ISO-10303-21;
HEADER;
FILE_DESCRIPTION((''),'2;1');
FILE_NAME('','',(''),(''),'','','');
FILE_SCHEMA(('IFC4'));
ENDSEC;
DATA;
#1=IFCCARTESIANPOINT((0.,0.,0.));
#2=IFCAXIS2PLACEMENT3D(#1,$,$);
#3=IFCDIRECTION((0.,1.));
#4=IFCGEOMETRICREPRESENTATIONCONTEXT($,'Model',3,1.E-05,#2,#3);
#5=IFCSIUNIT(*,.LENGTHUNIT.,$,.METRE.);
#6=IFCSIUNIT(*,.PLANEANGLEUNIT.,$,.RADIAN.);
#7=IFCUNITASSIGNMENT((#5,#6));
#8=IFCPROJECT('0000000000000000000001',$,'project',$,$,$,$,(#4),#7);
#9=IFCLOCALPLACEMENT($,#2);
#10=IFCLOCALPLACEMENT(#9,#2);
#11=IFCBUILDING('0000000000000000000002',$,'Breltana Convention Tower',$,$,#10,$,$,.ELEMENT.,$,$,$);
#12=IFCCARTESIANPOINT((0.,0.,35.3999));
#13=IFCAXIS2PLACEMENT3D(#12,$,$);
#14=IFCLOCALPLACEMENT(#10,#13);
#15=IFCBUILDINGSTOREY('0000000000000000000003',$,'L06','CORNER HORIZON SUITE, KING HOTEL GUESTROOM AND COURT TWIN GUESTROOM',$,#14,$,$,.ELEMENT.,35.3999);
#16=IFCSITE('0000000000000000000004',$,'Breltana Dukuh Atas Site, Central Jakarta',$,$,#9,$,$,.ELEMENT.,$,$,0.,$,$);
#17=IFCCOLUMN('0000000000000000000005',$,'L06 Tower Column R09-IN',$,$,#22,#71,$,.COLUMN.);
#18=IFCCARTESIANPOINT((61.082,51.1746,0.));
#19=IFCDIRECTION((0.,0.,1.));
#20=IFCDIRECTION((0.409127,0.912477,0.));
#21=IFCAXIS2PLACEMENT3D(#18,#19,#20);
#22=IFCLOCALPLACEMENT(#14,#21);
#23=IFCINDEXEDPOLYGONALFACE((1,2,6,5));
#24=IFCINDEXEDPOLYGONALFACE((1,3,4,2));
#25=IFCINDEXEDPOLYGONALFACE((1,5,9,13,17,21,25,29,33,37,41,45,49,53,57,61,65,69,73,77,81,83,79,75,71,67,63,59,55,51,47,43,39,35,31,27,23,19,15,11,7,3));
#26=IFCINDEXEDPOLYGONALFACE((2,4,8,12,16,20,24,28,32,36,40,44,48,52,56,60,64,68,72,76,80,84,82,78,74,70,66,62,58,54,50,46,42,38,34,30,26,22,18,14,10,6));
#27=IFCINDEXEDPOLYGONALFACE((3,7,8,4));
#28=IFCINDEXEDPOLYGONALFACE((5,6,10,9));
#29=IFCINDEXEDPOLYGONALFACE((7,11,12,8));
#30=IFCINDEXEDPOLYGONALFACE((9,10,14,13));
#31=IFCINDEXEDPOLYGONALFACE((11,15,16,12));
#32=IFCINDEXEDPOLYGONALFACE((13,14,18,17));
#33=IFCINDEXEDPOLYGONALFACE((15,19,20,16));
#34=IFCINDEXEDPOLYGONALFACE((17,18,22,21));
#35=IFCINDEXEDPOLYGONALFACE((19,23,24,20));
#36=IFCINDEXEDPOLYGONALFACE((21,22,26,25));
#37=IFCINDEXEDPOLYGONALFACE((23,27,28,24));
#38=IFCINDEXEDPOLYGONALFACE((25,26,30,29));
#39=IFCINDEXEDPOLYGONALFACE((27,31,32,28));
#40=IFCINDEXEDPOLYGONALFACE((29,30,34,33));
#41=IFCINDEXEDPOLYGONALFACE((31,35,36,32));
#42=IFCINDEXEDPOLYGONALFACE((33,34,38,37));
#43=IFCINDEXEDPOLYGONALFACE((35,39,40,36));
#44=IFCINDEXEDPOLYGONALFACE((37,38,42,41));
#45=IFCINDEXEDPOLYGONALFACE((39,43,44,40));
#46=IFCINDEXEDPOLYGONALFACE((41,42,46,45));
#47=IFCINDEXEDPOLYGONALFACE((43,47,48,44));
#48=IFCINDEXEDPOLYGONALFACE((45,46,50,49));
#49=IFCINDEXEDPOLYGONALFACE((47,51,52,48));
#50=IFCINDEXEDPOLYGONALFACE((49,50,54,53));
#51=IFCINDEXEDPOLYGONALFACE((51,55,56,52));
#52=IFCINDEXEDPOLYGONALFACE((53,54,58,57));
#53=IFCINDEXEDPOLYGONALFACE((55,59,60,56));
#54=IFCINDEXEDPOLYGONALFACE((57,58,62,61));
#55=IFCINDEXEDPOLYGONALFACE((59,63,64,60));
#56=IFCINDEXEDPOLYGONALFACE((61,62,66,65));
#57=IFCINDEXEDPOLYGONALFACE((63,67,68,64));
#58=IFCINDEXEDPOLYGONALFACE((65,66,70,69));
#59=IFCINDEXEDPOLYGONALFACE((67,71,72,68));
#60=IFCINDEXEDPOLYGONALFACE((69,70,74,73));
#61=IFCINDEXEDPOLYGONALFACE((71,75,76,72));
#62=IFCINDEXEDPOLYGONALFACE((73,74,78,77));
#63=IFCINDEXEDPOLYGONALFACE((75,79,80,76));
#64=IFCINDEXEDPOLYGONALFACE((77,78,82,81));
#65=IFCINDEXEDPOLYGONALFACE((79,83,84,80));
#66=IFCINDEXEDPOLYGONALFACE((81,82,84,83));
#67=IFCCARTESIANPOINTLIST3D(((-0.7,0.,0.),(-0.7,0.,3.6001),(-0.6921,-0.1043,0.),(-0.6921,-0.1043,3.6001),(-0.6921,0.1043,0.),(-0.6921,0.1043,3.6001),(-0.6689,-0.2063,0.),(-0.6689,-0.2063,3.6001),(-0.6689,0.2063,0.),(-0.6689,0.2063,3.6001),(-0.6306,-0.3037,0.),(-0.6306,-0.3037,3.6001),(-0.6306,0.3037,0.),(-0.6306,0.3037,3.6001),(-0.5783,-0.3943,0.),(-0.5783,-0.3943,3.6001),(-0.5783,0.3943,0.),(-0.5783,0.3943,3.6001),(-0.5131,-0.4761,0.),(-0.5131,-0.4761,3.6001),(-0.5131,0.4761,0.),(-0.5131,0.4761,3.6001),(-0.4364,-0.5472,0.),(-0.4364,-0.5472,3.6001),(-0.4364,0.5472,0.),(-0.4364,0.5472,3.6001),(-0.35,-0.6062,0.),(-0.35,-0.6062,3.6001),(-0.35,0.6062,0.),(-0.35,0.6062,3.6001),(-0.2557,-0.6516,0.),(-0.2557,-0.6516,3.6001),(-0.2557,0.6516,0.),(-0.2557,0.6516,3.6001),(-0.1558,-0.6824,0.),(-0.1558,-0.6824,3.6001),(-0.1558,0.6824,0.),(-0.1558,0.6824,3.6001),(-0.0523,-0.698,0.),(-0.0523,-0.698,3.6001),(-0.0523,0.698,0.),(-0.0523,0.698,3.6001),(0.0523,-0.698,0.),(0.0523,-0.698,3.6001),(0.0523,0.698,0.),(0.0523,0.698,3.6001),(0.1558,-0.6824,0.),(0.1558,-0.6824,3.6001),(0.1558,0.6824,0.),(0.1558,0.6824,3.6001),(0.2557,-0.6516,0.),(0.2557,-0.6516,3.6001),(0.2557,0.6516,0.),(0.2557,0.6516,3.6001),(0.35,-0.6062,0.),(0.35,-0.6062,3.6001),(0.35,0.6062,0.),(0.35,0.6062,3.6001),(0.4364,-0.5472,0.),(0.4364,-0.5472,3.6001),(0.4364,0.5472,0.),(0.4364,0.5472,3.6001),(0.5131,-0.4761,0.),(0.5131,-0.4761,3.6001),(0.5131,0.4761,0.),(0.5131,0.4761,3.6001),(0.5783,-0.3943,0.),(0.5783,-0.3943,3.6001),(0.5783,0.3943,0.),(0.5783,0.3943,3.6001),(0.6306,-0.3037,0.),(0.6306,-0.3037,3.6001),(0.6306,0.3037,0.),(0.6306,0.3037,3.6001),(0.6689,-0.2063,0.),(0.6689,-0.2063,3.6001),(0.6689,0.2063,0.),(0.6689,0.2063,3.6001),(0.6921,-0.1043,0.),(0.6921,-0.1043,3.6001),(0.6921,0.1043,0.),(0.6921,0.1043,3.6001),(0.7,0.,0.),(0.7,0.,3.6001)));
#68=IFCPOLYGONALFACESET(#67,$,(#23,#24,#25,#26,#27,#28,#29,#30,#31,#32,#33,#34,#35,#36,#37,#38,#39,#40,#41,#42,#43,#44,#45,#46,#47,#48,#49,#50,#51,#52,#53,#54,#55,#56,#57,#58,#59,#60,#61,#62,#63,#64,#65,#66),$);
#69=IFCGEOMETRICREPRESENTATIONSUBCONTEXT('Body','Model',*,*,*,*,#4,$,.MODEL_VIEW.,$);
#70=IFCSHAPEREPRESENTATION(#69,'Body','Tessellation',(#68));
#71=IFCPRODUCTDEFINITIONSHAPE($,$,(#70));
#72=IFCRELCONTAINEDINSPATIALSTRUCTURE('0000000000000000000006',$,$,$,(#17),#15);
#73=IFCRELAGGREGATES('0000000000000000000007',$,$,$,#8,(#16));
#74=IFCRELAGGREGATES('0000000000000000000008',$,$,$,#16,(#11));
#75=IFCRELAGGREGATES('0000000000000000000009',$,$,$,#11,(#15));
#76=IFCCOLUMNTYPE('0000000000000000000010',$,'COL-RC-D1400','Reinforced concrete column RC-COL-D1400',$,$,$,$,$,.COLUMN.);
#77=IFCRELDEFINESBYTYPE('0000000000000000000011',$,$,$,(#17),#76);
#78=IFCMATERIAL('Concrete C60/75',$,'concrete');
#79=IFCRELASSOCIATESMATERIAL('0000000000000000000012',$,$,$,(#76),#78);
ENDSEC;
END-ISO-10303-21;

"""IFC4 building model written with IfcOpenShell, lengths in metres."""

from ifc_helpers import new_model, si_unit, direction, frame, origin, origin_2d, place, context, subcontext, project, spatial, circle, extrude, source, transform, mapped, material, material_profile, profile_set, type_object, element, save


model = new_model("IFC4")

# Units and contexts
model_context = context("Model", 3, precision=1e-05, world=origin(), true_north=direction((0.0, 1.0)))
body_context = subcontext(model_context, "Body", "Model", "MODEL_VIEW")
ifc_project = project(units=[si_unit("LENGTHUNIT", "METRE"), si_unit("PLANEANGLEUNIT", "RADIAN")], contexts=[model_context])

# Site, building, storey
site_placement = place(None, origin())
site = spatial("IfcSite", under=ifc_project, at=site_placement, Name="Breltana Dukuh Atas Site, Central Jakarta", CompositionType="ELEMENT", RefElevation=0.0)
building_placement = place(site_placement, origin())
building = spatial("IfcBuilding", under=site, at=building_placement, Name="Breltana Convention Tower", CompositionType="ELEMENT")
storey_placement = place(building_placement, frame((0.0, 0.0, 35.3999)))
storey = spatial("IfcBuildingStorey", under=building, at=storey_placement, Name="L06", Description="CORNER HORIZON SUITE, KING HOTEL GUESTROOM AND COURT TWIN GUESTROOM", CompositionType="ELEMENT", Elevation=35.3999)

# Column
ifc_material_1 = material(Name="Concrete C60/75", Category="concrete")
ifc_material_profile_1 = material_profile(ifc_material_1, circle(Radius=0.7, at=origin_2d()), Name="RC-COL-D1400")
ifc_profile_set_1 = profile_set([ifc_material_profile_1], Name="Concrete C60/75")
column_type = type_object("IfcColumnType", Name="COL-RC-D1400", Description="Reinforced concrete column RC-COL-D1400", PredefinedType="COLUMN", material=ifc_profile_set_1)
shared_shape_1 = source(origin(), body_context, "Body", "SweptSolid", [
    extrude(circle(Radius=0.7, at=origin_2d()), origin(), (0.0, 0.0, 1.0), 3.6001),
])
for number, where, z_axis, x_axis, name in (
    (1, (61.082, 51.1746, 0.0), (0.0, 0.0, 1.0), (0.409127, 0.912477, 0.0), "L06 Tower Column R09-IN"),
):
    element("IfcColumn", number, at=place(storey_placement, frame(where, z_axis=z_axis, x_axis=x_axis)), inside=storey, type_object=column_type, Name=name, PredefinedType="COLUMN", context=body_context, shape_type="MappedRepresentation", body=[
        mapped(shared_shape_1, transform((0.0, 0.0, 0.0), scale=1.0)),
    ])

save(model, "model.ifc")
